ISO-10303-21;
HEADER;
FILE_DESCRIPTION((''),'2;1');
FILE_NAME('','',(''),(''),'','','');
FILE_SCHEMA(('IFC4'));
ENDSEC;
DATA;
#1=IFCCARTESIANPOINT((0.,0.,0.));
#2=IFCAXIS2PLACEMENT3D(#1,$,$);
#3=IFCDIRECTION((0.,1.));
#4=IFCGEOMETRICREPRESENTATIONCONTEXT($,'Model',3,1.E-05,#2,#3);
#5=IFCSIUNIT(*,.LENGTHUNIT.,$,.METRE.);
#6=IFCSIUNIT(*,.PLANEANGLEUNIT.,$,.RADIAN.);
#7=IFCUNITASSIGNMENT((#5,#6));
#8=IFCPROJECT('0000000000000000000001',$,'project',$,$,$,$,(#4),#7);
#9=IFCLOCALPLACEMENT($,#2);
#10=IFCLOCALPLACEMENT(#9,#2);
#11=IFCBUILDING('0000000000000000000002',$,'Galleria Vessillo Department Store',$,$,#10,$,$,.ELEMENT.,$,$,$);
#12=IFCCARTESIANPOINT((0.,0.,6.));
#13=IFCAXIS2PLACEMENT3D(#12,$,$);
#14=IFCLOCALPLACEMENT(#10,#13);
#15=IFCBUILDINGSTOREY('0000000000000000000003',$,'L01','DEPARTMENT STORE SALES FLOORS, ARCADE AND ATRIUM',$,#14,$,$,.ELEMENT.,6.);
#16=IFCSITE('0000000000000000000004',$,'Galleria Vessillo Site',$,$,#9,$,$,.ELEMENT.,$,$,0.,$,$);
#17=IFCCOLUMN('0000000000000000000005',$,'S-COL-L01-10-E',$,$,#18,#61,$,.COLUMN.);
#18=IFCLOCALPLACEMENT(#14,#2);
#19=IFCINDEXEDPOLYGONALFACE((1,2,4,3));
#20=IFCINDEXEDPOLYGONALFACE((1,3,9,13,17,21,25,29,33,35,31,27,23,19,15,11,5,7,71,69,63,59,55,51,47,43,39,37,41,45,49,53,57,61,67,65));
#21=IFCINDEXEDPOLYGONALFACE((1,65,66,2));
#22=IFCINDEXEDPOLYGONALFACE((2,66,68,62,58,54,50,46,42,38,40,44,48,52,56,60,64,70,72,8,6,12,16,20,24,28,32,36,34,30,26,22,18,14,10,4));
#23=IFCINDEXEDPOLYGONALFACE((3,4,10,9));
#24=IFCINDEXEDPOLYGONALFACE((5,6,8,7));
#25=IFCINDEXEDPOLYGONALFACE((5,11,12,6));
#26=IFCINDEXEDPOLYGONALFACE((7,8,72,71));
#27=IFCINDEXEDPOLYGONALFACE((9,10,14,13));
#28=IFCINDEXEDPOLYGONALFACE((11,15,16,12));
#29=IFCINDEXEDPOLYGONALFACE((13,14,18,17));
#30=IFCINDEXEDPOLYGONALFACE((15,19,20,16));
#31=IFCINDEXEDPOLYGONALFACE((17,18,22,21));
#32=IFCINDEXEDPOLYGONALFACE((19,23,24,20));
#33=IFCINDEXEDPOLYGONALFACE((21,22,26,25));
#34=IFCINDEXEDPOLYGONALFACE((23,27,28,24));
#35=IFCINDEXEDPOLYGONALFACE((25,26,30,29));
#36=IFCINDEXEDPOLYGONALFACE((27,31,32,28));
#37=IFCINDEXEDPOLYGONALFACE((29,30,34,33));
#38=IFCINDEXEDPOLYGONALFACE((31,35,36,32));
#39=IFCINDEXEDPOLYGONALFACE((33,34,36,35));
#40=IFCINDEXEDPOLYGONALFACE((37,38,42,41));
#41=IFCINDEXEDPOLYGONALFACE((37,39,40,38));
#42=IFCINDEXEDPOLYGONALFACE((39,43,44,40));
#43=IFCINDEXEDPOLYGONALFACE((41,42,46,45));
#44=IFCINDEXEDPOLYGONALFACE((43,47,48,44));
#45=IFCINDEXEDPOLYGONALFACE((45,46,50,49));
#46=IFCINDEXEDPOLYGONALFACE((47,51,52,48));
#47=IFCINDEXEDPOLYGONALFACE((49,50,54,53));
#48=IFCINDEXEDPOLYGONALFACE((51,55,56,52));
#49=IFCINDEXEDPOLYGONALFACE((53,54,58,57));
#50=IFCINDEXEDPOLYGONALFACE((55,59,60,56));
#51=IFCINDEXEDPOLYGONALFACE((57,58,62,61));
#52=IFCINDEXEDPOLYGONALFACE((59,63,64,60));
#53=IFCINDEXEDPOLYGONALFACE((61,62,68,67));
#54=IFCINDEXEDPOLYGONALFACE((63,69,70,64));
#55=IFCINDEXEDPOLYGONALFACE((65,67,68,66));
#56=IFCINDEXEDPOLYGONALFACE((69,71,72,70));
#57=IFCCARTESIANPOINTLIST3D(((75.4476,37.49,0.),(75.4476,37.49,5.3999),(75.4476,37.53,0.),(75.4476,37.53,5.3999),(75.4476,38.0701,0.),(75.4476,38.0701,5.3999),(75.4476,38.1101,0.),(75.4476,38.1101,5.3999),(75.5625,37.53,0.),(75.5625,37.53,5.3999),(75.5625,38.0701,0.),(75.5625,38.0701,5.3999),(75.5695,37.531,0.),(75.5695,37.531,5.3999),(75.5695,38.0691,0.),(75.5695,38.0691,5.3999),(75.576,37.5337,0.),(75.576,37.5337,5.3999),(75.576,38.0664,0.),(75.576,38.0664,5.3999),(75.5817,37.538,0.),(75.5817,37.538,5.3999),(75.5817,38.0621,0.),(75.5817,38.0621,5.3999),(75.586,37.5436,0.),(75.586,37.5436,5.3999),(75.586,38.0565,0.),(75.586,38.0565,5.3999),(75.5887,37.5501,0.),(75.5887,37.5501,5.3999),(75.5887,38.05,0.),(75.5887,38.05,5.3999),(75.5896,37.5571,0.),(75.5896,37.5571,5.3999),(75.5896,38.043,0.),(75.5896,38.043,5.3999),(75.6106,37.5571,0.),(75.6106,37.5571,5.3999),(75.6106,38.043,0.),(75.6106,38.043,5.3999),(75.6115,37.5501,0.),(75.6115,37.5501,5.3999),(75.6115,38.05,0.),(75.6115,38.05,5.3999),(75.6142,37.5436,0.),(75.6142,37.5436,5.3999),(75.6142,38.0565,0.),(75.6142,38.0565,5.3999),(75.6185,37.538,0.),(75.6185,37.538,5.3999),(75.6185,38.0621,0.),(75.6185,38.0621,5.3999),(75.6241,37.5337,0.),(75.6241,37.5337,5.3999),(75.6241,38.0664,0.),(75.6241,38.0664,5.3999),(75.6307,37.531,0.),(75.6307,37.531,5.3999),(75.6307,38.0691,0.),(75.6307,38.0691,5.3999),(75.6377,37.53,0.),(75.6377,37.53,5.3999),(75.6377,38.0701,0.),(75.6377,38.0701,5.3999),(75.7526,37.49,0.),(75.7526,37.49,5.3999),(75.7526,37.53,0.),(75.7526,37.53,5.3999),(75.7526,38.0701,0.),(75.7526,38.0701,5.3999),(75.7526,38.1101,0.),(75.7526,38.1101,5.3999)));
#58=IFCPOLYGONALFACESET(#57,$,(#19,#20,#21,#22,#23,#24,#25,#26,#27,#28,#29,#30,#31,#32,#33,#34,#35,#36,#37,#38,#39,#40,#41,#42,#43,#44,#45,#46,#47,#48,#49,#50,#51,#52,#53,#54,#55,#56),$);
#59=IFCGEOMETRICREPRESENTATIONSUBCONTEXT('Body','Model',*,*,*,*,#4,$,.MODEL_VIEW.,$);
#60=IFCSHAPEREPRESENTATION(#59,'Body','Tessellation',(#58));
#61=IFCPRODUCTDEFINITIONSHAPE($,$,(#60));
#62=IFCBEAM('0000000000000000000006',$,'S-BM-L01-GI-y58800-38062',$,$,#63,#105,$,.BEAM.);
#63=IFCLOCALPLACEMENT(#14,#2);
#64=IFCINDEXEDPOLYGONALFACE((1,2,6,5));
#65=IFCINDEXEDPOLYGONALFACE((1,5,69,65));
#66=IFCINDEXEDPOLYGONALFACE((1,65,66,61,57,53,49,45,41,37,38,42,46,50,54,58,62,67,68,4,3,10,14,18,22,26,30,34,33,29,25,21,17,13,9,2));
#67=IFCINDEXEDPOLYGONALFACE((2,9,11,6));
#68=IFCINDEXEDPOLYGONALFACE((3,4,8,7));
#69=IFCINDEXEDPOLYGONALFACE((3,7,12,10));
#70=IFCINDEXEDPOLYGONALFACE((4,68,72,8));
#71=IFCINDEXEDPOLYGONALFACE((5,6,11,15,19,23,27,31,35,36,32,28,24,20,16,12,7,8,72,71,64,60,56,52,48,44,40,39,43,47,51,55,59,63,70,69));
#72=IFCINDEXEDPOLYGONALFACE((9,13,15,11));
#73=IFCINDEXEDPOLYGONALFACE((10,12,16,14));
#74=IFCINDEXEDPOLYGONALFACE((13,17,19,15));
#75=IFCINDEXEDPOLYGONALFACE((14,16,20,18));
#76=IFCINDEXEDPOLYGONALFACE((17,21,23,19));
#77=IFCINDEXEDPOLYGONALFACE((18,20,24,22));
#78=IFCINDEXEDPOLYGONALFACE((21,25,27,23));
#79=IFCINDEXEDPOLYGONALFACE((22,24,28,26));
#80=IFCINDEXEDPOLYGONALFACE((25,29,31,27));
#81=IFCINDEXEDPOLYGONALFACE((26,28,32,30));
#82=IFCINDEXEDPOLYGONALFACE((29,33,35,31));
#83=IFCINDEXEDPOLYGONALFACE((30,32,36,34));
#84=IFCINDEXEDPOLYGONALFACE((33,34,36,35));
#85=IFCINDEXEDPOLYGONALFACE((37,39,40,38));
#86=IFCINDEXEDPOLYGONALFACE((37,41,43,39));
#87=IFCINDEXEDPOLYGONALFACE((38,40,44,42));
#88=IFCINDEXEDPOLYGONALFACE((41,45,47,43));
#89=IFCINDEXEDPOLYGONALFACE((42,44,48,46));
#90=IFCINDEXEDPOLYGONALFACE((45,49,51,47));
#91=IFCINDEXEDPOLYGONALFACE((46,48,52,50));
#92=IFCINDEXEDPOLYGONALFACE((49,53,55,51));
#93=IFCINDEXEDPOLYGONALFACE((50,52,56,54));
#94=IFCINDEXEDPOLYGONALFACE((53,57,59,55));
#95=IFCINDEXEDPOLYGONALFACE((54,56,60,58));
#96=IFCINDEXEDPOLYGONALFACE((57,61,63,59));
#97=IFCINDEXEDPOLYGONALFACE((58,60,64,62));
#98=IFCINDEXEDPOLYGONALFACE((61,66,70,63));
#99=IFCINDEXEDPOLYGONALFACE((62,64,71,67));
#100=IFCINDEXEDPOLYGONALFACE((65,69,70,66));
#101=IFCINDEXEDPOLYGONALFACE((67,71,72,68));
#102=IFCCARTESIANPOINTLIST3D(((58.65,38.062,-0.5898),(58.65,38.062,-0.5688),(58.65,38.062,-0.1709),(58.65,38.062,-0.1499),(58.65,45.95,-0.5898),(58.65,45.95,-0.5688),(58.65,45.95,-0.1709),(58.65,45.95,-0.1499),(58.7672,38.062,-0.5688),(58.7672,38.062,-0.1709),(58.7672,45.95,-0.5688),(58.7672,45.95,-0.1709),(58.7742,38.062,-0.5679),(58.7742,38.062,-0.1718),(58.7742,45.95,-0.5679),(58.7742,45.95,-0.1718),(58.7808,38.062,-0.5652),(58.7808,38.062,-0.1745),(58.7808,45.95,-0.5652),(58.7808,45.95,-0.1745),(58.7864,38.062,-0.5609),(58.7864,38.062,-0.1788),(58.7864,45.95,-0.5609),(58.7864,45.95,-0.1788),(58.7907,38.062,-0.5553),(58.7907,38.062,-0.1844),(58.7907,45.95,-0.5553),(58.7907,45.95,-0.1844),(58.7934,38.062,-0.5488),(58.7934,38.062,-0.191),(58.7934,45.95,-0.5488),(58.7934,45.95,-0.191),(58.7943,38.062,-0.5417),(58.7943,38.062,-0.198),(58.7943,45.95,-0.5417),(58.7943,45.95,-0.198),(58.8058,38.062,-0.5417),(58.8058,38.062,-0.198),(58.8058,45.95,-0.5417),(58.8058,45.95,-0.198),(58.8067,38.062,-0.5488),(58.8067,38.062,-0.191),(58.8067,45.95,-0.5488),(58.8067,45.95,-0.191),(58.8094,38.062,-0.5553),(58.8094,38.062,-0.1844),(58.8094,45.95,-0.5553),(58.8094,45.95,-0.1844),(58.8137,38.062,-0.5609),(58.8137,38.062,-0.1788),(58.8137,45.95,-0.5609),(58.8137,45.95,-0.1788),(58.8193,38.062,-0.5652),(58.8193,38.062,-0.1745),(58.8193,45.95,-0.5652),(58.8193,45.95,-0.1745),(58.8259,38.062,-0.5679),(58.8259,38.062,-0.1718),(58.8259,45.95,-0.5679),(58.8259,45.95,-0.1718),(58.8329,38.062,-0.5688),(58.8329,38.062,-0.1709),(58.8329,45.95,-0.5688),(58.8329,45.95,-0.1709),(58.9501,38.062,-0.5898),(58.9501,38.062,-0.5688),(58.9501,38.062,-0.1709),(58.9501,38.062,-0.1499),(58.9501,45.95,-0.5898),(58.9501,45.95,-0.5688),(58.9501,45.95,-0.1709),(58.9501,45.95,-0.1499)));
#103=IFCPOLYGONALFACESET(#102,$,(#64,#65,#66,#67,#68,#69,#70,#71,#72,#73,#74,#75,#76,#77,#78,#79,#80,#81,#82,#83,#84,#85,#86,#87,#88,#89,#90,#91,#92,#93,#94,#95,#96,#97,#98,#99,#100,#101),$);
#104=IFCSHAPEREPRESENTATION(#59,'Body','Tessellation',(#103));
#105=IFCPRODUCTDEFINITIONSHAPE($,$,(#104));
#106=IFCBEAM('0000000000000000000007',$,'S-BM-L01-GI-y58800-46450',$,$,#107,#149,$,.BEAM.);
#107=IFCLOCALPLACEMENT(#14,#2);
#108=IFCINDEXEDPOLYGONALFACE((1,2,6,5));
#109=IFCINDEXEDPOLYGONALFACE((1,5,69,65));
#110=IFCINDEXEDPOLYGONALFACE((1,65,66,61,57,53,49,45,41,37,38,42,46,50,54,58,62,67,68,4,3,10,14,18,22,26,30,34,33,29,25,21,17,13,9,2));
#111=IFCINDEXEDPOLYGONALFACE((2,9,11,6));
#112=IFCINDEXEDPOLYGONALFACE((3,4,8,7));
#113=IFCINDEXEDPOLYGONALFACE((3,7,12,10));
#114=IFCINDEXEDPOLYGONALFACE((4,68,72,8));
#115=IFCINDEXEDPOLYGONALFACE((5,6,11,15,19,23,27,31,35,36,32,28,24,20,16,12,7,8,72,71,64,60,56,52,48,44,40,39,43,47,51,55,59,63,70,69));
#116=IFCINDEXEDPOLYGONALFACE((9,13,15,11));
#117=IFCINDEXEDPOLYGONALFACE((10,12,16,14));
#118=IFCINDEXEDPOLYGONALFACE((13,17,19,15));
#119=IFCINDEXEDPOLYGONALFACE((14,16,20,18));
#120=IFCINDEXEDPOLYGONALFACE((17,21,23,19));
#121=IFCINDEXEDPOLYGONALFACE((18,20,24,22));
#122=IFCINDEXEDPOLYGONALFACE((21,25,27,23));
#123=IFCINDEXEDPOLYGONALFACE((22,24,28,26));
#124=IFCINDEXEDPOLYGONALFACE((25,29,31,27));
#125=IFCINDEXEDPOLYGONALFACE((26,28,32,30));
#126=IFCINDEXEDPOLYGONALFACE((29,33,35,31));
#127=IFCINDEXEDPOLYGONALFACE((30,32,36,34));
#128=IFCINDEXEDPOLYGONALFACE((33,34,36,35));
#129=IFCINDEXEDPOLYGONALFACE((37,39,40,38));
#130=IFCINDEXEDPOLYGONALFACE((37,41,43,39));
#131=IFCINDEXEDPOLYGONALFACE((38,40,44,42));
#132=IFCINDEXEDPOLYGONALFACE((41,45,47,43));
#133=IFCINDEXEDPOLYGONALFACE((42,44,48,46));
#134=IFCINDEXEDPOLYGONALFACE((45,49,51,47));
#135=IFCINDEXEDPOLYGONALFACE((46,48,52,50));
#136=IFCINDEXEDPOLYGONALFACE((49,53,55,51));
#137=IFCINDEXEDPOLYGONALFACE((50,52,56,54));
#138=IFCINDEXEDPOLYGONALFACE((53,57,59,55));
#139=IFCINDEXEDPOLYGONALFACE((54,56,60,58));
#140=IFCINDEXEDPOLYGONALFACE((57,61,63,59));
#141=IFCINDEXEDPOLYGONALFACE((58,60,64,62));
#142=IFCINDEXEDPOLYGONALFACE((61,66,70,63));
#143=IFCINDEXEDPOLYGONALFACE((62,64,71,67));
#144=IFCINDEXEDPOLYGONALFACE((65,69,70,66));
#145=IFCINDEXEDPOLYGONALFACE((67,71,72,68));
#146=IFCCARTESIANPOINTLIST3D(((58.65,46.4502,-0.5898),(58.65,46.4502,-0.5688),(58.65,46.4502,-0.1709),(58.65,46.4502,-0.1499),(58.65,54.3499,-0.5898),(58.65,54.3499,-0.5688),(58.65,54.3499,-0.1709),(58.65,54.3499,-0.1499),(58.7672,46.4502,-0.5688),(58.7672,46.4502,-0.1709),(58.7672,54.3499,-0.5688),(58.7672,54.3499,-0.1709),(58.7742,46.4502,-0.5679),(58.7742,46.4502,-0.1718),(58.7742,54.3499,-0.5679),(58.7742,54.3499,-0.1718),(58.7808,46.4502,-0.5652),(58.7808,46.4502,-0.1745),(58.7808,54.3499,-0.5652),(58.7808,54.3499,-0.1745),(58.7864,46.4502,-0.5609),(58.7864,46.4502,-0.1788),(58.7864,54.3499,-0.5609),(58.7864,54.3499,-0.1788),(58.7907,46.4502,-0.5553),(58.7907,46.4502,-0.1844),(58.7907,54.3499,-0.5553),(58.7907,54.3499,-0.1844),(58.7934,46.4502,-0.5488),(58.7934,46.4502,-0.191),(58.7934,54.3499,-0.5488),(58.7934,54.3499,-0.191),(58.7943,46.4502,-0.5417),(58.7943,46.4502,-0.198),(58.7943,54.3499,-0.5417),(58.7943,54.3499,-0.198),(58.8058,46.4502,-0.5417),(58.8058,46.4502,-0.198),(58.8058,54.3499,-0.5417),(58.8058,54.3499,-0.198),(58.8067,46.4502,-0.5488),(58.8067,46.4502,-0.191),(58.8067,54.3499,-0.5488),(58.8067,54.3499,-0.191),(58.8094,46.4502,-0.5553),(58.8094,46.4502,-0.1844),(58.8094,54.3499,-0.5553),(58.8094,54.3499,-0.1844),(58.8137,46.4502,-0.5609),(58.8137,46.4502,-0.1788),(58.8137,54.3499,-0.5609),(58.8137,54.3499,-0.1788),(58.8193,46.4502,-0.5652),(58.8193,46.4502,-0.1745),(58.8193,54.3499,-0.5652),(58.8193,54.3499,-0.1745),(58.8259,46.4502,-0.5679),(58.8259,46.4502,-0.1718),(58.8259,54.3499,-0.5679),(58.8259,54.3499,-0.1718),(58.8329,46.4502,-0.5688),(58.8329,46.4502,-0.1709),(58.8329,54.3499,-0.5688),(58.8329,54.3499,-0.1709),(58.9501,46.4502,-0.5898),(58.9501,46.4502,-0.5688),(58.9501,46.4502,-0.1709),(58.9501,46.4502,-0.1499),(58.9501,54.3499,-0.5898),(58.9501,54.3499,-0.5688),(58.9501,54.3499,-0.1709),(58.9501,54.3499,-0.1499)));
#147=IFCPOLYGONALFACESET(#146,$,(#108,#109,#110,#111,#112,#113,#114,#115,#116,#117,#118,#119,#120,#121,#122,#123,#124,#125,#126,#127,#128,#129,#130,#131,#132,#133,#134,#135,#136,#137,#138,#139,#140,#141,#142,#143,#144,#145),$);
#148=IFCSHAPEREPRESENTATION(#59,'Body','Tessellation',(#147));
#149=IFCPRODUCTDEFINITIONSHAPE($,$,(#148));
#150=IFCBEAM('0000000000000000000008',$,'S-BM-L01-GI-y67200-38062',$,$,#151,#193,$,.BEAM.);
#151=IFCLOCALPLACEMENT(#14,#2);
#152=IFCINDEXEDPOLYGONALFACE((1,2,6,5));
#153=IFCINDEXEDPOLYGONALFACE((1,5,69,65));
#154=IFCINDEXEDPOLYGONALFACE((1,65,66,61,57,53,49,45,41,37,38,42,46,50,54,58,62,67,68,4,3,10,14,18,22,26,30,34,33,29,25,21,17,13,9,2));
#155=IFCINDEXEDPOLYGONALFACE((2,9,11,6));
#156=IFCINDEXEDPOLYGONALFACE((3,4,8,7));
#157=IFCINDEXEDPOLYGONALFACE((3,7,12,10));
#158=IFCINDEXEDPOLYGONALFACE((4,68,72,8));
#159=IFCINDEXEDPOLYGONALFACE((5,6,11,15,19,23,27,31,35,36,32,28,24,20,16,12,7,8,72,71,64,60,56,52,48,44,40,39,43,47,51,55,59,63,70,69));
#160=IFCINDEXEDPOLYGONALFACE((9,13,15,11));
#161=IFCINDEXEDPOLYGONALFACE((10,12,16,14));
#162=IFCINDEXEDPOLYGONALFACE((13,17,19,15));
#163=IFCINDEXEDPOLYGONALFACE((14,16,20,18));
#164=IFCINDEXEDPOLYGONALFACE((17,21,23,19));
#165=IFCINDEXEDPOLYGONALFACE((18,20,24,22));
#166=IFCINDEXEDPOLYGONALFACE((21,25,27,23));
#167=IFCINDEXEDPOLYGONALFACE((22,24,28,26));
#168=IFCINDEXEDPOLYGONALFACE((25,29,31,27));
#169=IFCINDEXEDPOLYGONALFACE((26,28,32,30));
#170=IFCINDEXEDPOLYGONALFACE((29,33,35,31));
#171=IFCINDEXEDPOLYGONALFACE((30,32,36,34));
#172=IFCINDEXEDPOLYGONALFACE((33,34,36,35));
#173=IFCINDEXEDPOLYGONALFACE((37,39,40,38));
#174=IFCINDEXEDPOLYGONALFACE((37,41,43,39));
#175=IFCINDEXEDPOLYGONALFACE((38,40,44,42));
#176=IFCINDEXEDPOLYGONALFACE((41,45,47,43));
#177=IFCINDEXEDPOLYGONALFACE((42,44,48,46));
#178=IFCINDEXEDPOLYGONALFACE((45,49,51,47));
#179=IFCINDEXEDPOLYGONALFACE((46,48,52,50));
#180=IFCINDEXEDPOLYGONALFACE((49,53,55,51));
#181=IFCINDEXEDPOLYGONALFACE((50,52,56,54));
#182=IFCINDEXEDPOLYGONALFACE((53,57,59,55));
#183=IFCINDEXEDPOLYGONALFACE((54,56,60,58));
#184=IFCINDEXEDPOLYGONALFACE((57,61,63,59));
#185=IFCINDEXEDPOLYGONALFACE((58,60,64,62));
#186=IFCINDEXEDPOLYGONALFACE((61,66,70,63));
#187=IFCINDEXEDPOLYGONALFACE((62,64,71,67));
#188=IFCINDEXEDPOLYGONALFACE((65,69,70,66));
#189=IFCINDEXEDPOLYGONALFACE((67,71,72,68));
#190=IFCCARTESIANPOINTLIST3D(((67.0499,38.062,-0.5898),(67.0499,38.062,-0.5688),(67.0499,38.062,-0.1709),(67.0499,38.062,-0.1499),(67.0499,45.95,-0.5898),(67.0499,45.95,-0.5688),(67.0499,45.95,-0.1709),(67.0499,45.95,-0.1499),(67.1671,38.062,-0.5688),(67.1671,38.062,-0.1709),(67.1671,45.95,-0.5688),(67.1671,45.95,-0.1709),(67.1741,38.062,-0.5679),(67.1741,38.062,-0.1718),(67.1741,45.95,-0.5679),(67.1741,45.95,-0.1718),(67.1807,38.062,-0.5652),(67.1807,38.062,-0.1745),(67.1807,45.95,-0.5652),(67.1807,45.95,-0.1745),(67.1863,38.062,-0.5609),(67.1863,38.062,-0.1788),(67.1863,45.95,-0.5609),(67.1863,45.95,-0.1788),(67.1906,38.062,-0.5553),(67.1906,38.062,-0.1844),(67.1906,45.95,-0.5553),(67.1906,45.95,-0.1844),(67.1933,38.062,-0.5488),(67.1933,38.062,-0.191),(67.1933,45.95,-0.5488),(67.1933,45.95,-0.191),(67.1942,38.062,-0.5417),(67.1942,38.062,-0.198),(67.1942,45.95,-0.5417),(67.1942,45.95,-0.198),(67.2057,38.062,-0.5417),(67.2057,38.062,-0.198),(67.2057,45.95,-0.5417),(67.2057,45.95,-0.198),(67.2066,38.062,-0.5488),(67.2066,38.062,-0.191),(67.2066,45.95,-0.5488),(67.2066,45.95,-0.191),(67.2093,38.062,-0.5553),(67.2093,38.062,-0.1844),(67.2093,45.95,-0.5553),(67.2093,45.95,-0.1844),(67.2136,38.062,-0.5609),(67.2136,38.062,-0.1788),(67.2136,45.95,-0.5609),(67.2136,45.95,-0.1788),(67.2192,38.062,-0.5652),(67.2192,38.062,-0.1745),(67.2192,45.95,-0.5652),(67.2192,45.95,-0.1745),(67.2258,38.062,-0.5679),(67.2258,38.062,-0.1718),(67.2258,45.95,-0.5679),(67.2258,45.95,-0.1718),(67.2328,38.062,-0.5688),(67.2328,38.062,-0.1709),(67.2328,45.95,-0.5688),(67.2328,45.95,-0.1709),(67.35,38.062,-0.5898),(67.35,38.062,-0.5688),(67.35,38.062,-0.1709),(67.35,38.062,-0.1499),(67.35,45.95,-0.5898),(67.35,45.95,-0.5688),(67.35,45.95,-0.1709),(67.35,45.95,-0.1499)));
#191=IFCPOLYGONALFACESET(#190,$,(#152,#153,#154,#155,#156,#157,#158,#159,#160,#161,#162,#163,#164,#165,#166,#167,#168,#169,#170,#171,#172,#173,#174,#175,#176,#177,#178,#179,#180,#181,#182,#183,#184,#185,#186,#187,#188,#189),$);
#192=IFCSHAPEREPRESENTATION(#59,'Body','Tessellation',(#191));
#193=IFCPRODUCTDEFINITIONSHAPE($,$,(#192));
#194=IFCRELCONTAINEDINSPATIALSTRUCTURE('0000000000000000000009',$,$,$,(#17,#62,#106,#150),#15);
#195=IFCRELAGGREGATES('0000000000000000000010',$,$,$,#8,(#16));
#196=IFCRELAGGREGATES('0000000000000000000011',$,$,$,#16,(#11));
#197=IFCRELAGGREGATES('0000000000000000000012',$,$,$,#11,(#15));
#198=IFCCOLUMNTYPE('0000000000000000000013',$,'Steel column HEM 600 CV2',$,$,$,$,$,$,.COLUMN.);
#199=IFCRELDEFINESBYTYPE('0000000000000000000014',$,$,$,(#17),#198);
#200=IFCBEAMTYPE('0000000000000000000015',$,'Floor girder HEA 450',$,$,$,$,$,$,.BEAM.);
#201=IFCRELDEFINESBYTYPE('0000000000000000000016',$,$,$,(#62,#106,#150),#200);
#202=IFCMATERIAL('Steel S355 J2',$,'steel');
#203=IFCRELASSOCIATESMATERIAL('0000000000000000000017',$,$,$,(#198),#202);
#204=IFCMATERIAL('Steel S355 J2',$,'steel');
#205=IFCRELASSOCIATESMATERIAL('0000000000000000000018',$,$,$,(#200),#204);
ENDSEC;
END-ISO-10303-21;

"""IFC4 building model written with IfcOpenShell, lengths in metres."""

from ifc_helpers import new_model, si_unit, direction, frame, origin, origin_2d, place, context, subcontext, project, spatial, i_section, extrude, material, material_profile, profile_set, type_object, element, save


model = new_model("IFC4")

# Units and contexts
model_context = context("Model", 3, precision=1e-05, world=origin(), true_north=direction((0.0, 1.0)))
body_context = subcontext(model_context, "Body", "Model", "MODEL_VIEW")
ifc_project = project(units=[si_unit("LENGTHUNIT", "METRE"), si_unit("PLANEANGLEUNIT", "RADIAN")], contexts=[model_context])

# Site, building, storey
site_placement = place(None, origin())
site = spatial("IfcSite", under=ifc_project, at=site_placement, Name="Galleria Vessillo Site", CompositionType="ELEMENT", RefElevation=0.0)
building_placement = place(site_placement, origin())
building = spatial("IfcBuilding", under=site, at=building_placement, Name="Galleria Vessillo Department Store", CompositionType="ELEMENT")
storey_placement = place(building_placement, frame((0.0, 0.0, 6.0)))
storey = spatial("IfcBuildingStorey", under=building, at=storey_placement, Name="L01", Description="DEPARTMENT STORE SALES FLOORS, ARCADE AND ATRIUM", CompositionType="ELEMENT", Elevation=6.0)

# Column
ifc_material_1 = material(Name="Steel S355 J2", Category="steel")
ifc_material_profile_1 = material_profile(ifc_material_1, i_section(OverallWidth=0.3049, OverallDepth=0.6201, WebThickness=0.021, FlangeThickness=0.04, FilletRadius=0.0271, at=origin_2d()), Name="HEM 600")
ifc_profile_set_1 = profile_set([ifc_material_profile_1], Name="Steel S355 J2")
column_type_1 = type_object("IfcColumnType", Name="Steel column HEM 600 CV2", PredefinedType="COLUMN", material=ifc_profile_set_1)
column_placement = place(storey_placement, frame((75.6001, 37.8, 0.0), z_axis=(0.0, 0.0, 1.0), x_axis=(1.0, 0.0, 0.0)))
element("IfcColumn", 1, at=column_placement, inside=storey, type_object=column_type_1, Name="S-COL-L01-10-E", PredefinedType="COLUMN", context=body_context, shape_type="SweptSolid", body=[
    extrude(i_section(OverallWidth=0.3049, OverallDepth=0.6201, WebThickness=0.021, FlangeThickness=0.04, FilletRadius=0.0271, at=origin_2d()), origin(), (0.0, 0.0, 1.0), 5.3999),
])

# Beams
ifc_material_2 = material(Name="Steel S355 J2", Category="steel")
ifc_material_profile_2 = material_profile(ifc_material_2, i_section(OverallWidth=0.3, OverallDepth=0.4399, WebThickness=0.0115, FlangeThickness=0.021, FilletRadius=0.0271, at=origin_2d()), Name="HEA 450")
ifc_profile_set_2 = profile_set([ifc_material_profile_2], Name="Steel S355 J2")
beam_type_1 = type_object("IfcBeamType", Name="Floor girder HEA 450", PredefinedType="BEAM", material=ifc_profile_set_2)
beam_1_placement = place(storey_placement, frame((58.8, 38.062, -0.3699), z_axis=(0.0, 1.0, 0.0), x_axis=(-1.0, 0.0, 0.0)))
element("IfcBeam", 2, at=beam_1_placement, inside=storey, type_object=beam_type_1, Name="S-BM-L01-GI-y58800-38062", PredefinedType="BEAM", context=body_context, shape_type="SweptSolid", body=[
    extrude(i_section(OverallWidth=0.3, OverallDepth=0.4399, WebThickness=0.0115, FlangeThickness=0.021, FilletRadius=0.0271, at=origin_2d()), origin(), (0.0, 0.0, 1.0), 7.8879),
])
beam_2_placement = place(storey_placement, frame((58.8, 46.4502, -0.3699), z_axis=(0.0, 1.0, 0.0), x_axis=(-1.0, 0.0, 0.0)))
element("IfcBeam", 3, at=beam_2_placement, inside=storey, type_object=beam_type_1, Name="S-BM-L01-GI-y58800-46450", PredefinedType="BEAM", context=body_context, shape_type="SweptSolid", body=[
    extrude(i_section(OverallWidth=0.3, OverallDepth=0.4399, WebThickness=0.0115, FlangeThickness=0.021, FilletRadius=0.0271, at=origin_2d()), origin(), (0.0, 0.0, 1.0), 7.8997),
])
beam_3_placement = place(storey_placement, frame((67.2, 38.062, -0.3699), z_axis=(0.0, 1.0, 0.0), x_axis=(-1.0, 0.0, 0.0)))
element("IfcBeam", 4, at=beam_3_placement, inside=storey, type_object=beam_type_1, Name="S-BM-L01-GI-y67200-38062", PredefinedType="BEAM", context=body_context, shape_type="SweptSolid", body=[
    extrude(i_section(OverallWidth=0.3, OverallDepth=0.4399, WebThickness=0.0115, FlangeThickness=0.021, FilletRadius=0.0271, at=origin_2d()), origin(), (0.0, 0.0, 1.0), 7.8879),
])

save(model, "model.ifc")
